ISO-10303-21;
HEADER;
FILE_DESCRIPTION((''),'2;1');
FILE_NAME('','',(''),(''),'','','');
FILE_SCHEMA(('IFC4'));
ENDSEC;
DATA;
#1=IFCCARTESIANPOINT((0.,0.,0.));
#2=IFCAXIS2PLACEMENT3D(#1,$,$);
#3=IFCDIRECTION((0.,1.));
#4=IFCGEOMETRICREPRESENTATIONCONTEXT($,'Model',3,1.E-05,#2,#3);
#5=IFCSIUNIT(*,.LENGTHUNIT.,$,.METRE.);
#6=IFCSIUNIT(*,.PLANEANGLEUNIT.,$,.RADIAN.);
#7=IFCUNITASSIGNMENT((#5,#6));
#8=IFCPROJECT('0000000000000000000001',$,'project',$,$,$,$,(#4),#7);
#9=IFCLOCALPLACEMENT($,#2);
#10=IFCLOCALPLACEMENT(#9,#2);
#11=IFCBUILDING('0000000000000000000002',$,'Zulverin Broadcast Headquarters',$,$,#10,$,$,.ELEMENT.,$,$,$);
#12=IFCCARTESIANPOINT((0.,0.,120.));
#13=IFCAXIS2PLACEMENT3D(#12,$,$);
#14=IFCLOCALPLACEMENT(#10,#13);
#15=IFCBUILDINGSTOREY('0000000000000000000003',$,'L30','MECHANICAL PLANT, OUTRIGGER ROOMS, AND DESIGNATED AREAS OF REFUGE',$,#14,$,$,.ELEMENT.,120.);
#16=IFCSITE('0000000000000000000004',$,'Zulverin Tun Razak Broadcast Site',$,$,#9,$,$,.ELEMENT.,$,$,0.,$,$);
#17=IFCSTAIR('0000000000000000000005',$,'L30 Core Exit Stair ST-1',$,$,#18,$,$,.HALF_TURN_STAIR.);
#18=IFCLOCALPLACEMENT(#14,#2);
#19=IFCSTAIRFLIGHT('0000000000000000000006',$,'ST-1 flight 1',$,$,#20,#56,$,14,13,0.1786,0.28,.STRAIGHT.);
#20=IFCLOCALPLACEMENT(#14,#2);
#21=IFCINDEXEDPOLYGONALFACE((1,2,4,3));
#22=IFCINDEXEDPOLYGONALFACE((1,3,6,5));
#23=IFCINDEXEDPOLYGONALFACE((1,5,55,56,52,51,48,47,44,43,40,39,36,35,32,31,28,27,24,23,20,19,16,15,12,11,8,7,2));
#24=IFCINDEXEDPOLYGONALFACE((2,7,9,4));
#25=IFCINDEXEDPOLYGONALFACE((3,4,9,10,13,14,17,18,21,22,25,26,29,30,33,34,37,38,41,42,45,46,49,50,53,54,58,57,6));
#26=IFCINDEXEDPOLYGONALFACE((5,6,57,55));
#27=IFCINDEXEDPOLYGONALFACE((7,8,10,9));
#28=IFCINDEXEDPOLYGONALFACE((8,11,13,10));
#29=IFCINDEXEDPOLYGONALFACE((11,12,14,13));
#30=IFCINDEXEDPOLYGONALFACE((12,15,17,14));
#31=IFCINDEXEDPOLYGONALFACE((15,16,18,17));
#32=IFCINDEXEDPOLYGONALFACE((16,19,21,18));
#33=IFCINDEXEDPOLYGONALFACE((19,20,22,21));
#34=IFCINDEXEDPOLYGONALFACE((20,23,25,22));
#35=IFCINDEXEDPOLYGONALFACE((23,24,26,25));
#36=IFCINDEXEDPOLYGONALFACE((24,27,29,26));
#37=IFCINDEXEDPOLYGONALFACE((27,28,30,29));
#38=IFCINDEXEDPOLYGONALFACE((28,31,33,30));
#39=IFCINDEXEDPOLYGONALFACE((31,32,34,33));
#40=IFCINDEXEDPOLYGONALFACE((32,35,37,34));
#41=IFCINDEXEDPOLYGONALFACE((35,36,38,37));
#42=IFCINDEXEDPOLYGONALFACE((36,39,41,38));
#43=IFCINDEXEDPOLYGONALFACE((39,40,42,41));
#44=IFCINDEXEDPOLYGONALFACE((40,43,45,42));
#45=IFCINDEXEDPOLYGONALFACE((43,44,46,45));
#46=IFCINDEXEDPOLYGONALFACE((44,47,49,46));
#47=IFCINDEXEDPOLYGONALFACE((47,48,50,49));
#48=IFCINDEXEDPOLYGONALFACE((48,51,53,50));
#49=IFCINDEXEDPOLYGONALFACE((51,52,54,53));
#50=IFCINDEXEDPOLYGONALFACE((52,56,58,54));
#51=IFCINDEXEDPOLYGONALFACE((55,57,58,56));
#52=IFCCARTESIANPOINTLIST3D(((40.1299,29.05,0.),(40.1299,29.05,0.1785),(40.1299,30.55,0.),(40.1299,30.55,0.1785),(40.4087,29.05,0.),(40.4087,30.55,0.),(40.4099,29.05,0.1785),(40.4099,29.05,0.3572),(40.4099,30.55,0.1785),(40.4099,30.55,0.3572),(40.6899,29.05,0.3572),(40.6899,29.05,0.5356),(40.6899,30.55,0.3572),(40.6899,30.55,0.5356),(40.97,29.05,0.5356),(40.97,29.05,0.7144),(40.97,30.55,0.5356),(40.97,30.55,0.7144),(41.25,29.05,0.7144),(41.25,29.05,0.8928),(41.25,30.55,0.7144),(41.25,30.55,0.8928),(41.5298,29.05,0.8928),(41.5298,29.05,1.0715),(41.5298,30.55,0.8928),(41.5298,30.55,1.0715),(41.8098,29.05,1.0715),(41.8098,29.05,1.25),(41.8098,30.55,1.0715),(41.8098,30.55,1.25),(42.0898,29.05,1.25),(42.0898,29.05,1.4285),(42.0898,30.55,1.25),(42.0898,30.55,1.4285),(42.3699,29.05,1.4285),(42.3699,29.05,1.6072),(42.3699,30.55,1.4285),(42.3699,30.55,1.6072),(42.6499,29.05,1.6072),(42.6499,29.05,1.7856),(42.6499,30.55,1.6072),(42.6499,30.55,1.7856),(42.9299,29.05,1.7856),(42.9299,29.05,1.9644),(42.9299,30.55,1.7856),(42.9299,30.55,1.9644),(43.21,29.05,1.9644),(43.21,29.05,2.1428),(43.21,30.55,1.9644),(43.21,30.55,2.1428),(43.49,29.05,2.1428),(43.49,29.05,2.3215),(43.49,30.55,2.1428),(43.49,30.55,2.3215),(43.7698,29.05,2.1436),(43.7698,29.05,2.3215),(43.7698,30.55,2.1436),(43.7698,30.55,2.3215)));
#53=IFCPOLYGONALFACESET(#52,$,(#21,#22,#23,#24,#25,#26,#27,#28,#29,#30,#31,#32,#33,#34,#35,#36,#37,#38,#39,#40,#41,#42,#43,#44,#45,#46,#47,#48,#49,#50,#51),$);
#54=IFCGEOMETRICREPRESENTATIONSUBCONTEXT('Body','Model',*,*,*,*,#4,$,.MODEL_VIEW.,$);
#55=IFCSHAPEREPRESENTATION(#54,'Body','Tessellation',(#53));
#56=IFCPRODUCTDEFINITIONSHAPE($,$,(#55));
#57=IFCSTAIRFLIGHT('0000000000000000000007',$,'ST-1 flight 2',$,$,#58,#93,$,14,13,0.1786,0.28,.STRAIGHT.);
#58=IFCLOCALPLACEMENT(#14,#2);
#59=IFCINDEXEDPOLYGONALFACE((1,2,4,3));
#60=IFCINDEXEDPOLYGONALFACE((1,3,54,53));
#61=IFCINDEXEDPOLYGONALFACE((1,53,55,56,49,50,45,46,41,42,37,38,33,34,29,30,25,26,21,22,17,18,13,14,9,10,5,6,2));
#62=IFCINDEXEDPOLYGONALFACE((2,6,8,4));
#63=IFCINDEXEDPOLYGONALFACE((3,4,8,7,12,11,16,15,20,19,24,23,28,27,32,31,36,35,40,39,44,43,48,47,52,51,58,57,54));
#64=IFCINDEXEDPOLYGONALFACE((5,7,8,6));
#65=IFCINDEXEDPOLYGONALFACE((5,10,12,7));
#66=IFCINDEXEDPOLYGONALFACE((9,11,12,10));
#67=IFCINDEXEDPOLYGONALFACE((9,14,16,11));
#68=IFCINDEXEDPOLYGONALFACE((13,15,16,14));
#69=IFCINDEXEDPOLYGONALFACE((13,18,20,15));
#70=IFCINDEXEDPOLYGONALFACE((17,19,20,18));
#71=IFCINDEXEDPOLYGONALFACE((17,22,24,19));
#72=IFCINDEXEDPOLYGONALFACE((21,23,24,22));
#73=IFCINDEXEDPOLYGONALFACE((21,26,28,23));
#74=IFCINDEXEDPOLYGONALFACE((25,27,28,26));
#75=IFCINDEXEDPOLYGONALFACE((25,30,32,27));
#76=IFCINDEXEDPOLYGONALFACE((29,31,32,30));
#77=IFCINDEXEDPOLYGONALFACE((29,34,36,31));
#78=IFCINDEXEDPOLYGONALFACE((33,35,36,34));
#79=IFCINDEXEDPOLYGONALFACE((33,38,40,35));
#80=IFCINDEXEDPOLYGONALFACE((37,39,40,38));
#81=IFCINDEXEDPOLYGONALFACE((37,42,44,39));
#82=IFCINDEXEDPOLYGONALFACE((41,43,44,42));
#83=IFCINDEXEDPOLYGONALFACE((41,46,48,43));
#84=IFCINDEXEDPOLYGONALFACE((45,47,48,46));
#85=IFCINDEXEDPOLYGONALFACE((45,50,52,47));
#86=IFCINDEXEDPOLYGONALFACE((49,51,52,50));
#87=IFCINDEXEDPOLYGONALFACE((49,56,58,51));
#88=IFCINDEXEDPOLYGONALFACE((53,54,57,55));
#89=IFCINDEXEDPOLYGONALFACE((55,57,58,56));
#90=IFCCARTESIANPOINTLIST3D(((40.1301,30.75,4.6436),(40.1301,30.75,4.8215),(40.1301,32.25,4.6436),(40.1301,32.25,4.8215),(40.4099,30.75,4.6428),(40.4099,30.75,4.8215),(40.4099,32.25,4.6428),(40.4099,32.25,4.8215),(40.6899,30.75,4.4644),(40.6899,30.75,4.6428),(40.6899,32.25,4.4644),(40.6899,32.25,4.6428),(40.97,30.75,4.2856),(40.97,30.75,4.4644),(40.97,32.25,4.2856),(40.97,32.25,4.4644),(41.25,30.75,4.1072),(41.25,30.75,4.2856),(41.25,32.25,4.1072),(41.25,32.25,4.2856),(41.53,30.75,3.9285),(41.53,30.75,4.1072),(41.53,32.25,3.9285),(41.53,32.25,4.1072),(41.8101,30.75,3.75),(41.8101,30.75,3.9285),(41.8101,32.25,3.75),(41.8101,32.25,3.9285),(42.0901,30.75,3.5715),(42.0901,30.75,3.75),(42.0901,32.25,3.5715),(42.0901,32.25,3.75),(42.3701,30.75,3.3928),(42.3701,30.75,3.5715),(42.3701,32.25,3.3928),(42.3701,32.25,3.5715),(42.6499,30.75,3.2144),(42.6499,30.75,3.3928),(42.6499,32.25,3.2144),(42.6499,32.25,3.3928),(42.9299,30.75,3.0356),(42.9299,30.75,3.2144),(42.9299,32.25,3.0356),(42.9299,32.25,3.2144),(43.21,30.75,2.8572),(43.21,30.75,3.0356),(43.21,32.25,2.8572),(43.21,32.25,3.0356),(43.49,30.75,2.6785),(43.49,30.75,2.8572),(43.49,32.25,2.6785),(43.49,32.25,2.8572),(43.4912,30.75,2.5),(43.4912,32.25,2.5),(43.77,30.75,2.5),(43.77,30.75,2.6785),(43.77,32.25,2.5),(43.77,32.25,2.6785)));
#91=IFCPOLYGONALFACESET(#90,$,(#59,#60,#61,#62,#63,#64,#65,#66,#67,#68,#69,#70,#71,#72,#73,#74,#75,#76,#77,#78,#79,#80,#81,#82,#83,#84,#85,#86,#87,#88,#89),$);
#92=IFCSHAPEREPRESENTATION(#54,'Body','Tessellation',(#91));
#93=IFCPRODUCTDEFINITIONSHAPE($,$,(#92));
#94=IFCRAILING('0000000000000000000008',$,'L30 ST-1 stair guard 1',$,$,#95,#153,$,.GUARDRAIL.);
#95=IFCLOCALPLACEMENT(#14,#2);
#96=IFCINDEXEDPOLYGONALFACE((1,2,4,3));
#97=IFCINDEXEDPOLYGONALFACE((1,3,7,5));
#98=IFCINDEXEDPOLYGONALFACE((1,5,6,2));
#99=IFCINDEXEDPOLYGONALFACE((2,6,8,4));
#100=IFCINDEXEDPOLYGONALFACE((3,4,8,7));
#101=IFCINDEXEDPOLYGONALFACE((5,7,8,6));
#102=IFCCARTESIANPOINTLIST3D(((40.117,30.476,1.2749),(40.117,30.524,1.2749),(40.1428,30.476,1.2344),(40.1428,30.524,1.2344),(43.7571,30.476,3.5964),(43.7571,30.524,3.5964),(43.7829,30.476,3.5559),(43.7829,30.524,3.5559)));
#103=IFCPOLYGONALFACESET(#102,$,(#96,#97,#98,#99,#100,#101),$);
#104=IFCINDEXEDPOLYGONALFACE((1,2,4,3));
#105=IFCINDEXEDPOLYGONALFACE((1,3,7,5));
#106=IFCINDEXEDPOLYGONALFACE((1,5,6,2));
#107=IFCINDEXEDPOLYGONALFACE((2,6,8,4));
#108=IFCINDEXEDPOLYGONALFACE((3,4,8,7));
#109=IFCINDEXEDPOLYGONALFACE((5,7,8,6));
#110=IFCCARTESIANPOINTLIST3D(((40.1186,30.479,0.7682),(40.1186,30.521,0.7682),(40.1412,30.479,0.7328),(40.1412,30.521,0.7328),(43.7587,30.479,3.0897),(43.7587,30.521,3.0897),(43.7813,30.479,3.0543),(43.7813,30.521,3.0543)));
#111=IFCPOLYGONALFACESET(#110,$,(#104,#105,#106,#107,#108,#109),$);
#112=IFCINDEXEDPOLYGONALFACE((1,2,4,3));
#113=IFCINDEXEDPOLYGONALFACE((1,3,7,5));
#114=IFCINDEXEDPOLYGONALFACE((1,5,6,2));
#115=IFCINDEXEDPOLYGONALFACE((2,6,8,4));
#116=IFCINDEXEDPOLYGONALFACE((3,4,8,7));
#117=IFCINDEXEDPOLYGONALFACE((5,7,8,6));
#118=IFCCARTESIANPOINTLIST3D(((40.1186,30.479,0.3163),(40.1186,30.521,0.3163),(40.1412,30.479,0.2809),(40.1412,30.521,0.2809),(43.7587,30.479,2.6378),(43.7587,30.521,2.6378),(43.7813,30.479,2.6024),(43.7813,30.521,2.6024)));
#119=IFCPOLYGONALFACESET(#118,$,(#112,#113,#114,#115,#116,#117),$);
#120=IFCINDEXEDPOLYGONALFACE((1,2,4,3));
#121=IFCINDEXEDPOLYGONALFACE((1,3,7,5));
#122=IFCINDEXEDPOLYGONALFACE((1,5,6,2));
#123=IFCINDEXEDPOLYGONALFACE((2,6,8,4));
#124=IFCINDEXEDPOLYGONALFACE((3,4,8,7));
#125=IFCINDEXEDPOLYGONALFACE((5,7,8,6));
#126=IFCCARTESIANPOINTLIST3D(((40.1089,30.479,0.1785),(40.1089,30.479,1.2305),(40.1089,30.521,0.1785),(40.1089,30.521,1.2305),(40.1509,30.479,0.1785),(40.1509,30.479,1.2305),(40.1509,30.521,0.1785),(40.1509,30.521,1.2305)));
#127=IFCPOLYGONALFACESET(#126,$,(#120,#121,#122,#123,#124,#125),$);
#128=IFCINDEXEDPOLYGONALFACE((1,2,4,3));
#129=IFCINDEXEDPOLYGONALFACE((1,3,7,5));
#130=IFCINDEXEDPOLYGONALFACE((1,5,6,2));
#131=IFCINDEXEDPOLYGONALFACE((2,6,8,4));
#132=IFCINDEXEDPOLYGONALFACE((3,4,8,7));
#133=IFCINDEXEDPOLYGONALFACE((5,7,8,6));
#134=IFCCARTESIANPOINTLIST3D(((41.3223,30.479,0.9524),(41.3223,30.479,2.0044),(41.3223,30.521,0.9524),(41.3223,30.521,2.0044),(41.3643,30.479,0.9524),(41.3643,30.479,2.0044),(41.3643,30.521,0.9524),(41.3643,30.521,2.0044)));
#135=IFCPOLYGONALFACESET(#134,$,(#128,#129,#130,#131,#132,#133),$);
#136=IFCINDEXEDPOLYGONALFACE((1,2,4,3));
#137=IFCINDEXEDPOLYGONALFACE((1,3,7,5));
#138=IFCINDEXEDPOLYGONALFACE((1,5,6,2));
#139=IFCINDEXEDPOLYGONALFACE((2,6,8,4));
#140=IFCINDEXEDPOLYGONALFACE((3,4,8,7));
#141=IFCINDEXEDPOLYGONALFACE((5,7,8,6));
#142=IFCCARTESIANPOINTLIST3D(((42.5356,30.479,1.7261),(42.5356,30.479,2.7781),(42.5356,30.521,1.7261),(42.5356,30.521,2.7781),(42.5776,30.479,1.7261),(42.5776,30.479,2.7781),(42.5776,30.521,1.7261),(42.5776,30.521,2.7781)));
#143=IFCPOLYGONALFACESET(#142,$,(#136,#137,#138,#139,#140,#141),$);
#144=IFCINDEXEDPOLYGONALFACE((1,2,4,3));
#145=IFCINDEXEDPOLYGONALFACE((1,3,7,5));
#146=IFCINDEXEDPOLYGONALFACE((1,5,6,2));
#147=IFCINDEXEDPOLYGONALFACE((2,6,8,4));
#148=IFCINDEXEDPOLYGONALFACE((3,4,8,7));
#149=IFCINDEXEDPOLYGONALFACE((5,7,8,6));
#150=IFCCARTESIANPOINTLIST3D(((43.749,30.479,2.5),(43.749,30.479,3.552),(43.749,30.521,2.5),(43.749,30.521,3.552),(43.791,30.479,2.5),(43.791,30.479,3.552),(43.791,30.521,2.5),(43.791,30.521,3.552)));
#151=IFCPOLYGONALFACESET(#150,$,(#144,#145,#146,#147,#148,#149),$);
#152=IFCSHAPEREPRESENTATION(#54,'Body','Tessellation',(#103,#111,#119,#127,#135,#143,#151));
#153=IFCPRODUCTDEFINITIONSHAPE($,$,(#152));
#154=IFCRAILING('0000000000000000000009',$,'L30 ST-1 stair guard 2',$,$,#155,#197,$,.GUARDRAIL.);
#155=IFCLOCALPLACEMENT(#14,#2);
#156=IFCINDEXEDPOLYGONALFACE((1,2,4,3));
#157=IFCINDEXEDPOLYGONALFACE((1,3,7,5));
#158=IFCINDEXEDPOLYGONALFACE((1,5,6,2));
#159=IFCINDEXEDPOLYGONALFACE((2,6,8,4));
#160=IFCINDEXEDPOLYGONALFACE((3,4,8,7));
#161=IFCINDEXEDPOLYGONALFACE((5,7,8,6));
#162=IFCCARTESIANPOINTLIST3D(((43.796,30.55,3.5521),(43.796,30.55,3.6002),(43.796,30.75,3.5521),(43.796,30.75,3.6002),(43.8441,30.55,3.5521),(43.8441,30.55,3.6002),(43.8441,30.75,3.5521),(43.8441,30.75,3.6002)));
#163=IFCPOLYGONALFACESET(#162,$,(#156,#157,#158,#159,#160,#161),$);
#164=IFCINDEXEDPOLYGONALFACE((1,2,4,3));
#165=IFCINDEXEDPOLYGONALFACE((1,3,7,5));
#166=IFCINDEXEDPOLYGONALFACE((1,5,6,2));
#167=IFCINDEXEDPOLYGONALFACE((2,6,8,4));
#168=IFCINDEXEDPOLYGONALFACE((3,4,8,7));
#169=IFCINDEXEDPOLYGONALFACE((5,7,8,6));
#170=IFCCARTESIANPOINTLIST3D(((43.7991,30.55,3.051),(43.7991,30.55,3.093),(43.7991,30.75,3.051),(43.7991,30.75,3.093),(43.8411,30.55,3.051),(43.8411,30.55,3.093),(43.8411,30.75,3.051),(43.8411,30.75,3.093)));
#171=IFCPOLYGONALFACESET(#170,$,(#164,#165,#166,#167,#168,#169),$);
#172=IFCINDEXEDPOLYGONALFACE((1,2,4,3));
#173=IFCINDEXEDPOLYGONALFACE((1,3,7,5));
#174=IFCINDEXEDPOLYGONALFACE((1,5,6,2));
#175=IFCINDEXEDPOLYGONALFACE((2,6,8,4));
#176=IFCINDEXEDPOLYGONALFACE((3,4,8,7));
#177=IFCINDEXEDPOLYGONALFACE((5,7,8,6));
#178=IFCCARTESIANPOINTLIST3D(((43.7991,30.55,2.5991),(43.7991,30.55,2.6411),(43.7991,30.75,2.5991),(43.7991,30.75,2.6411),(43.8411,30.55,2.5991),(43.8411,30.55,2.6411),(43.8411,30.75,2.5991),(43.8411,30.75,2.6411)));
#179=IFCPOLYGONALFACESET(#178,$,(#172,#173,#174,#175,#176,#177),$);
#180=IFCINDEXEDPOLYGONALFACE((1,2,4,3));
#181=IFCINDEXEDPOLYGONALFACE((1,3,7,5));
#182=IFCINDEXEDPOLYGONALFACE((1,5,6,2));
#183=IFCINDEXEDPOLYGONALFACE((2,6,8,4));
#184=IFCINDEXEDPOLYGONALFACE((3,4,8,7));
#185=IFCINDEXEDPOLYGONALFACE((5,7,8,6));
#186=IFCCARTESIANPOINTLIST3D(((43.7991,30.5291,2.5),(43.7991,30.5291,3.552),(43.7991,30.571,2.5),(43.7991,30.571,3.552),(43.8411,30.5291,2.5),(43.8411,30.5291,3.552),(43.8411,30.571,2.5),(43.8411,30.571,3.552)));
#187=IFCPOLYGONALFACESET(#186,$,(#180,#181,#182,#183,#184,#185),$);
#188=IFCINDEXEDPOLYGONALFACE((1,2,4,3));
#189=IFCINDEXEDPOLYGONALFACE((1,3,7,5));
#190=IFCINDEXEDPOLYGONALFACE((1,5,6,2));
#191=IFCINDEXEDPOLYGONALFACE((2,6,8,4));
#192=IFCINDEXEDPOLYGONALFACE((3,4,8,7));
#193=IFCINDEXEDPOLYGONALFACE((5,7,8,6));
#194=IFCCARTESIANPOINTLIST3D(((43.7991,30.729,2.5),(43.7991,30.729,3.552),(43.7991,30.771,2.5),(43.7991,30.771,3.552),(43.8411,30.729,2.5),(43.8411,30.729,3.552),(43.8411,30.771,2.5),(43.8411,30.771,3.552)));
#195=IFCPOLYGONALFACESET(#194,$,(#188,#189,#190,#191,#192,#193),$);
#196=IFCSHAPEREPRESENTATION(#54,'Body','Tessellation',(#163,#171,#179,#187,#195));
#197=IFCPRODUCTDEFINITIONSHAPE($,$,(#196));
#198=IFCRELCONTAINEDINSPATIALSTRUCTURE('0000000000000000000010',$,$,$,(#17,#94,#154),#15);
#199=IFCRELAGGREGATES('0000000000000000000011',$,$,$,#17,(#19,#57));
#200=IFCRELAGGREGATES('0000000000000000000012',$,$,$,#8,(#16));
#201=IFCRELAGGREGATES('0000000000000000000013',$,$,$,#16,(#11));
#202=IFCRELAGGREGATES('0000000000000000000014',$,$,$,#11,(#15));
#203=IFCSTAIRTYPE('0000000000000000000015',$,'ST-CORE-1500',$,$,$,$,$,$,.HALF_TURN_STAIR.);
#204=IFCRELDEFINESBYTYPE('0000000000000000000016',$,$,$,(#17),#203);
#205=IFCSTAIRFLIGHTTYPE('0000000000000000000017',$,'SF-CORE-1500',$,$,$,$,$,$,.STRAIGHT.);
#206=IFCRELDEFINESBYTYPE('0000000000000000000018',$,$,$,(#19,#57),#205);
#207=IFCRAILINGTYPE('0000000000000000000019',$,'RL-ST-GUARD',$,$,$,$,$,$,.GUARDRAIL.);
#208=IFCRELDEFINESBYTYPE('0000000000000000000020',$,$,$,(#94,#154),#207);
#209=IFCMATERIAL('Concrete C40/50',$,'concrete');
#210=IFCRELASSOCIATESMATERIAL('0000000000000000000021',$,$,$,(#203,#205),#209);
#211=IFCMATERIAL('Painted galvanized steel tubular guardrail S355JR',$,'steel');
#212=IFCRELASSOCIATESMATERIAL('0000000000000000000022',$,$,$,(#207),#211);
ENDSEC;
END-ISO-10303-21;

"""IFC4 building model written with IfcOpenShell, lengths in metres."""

from ifc_helpers import new_model, si_unit, direction, frame, origin, origin_2d, place, context, subcontext, project, spatial, polyline, rectangle, outline, extrude, material, type_object, element, aggregate, save


model = new_model("IFC4")

# Units and contexts
model_context = context("Model", 3, precision=1e-05, world=origin(), true_north=direction((0.0, 1.0)))
body_context = subcontext(model_context, "Body", "Model", "MODEL_VIEW")
ifc_project = project(units=[si_unit("LENGTHUNIT", "METRE"), si_unit("PLANEANGLEUNIT", "RADIAN")], contexts=[model_context])

# Site, building, storey
site_placement = place(None, origin())
site = spatial("IfcSite", under=ifc_project, at=site_placement, Name="Zulverin Tun Razak Broadcast Site", CompositionType="ELEMENT", RefElevation=0.0)
building_placement = place(site_placement, origin())
building = spatial("IfcBuilding", under=site, at=building_placement, Name="Zulverin Broadcast Headquarters", CompositionType="ELEMENT")
storey_placement = place(building_placement, frame((0.0, 0.0, 120.0)))
storey = spatial("IfcBuildingStorey", under=building, at=storey_placement, Name="L30", Description="MECHANICAL PLANT, OUTRIGGER ROOMS, AND DESIGNATED AREAS OF REFUGE", CompositionType="ELEMENT", Elevation=120.0)

# Stair, stair flights
ifc_material_1 = material(Name="Concrete C40/50", Category="concrete")
stair_type = type_object("IfcStairType", Name="ST-CORE-1500", PredefinedType="HALF_TURN_STAIR", material=ifc_material_1)
stair_placement = place(storey_placement, origin())
stair = element("IfcStair", 1, at=stair_placement, inside=storey, type_object=stair_type, Name="L30 Core Exit Stair ST-1", PredefinedType="HALF_TURN_STAIR")
stair_flight_type = type_object("IfcStairFlightType", Name="SF-CORE-1500", PredefinedType="STRAIGHT", material=ifc_material_1)
stair_flight_1_placement = place(storey_placement, frame((40.1299, 29.8, 0.0), z_axis=(0.0, 0.0, 1.0), x_axis=(1.0, 0.0, 0.0)))
stair_flight_1 = element("IfcStairFlight", 2, at=stair_flight_1_placement, type_object=stair_flight_type, Name="ST-1 flight 1", NumberOfRisers=14, NumberOfTreads=13, PredefinedType="STRAIGHT", RiserHeight=0.1786, TreadLength=0.28, context=body_context, shape_type="SweptSolid", body=[
    extrude(outline(polyline([(0.0, 0.0), (0.0, 0.1785), (0.28, 0.1785), (0.28, 0.3572), (0.5601, 0.3572), (0.5601, 0.5356), (0.8401, 0.5356), (0.8401, 0.7144), (1.1201, 0.7144), (1.1201, 0.8928), (1.3999, 0.8928), (1.3999, 1.0715), (1.6799, 1.0715), (1.6799, 1.25), (1.96, 1.25), (1.96, 1.4285), (2.24, 1.4285), (2.24, 1.6072), (2.52, 1.6072), (2.52, 1.7856), (2.8, 1.7856), (2.8, 1.9644), (3.0801, 1.9644), (3.0801, 2.1428), (3.3601, 2.1428), (3.3601, 2.3215), (3.6399, 2.3215), (3.6399, 2.5), (3.6399, 2.1436), (0.2788, 0.0), (0.0, 0.0)])), frame((0.0, 0.75, 0.0), z_axis=(0.0, -1.0, 0.0), x_axis=(1.0, 0.0, 0.0)), (0.0, 0.0, 1.0), 1.5),
])
stair_flight_2_placement = place(storey_placement, frame((43.77, 31.5, 2.5), z_axis=(0.0, 0.0, 1.0), x_axis=(-1.0, 0.0, 0.0)))
stair_flight_2 = element("IfcStairFlight", 3, at=stair_flight_2_placement, type_object=stair_flight_type, Name="ST-1 flight 2", NumberOfRisers=14, NumberOfTreads=13, PredefinedType="STRAIGHT", RiserHeight=0.1786, TreadLength=0.28, context=body_context, shape_type="SweptSolid", body=[
    extrude(outline(polyline([(0.0, 0.0), (0.0, 0.1785), (0.28, 0.1785), (0.28, 0.3572), (0.5601, 0.3572), (0.5601, 0.5356), (0.8401, 0.5356), (0.8401, 0.7144), (1.1201, 0.7144), (1.1201, 0.8928), (1.3999, 0.8928), (1.3999, 1.0715), (1.6799, 1.0715), (1.6799, 1.25), (1.96, 1.25), (1.96, 1.4285), (2.24, 1.4285), (2.24, 1.6072), (2.52, 1.6072), (2.52, 1.7856), (2.8, 1.7856), (2.8, 1.9644), (3.0801, 1.9644), (3.0801, 2.1428), (3.3601, 2.1428), (3.3601, 2.3215), (3.6399, 2.3215), (3.6399, 2.5), (3.6399, 2.1436), (0.2788, 0.0), (0.0, 0.0)])), frame((0.0, 0.75, 0.0), z_axis=(0.0, -1.0, 0.0), x_axis=(1.0, 0.0, 0.0)), (0.0, 0.0, 1.0), 1.5),
])
aggregate(stair, [stair_flight_1, stair_flight_2])

# Railings
ifc_material_2 = material(Name="Painted galvanized steel tubular guardrail S355JR", Category="steel")
railing_type_1 = type_object("IfcRailingType", Name="RL-ST-GUARD", PredefinedType="GUARDRAIL", material=ifc_material_2)
railing_1_placement = place(storey_placement, frame((40.1299, 30.5, 0.1785)))
element("IfcRailing", 4, at=railing_1_placement, inside=storey, type_object=railing_type_1, Name="L30 ST-1 stair guard 1", PredefinedType="GUARDRAIL", context=body_context, shape_type="SweptSolid", body=[
    extrude(rectangle(XDim=0.0481, YDim=0.0481, at=origin_2d()), frame((0.0, 0.0, 1.0762), z_axis=(0.843128, 0.0, 0.537713), x_axis=(0.0, 1.0, 0.0)), (0.0, 0.0, 1.0), 4.3174),
    extrude(rectangle(XDim=0.042, YDim=0.042, at=origin_2d()), frame((0.0, 0.0, 0.572), z_axis=(0.843128, 0.0, 0.537713), x_axis=(0.0, 1.0, 0.0)), (0.0, 0.0, 1.0), 4.3174),
    extrude(rectangle(XDim=0.042, YDim=0.042, at=origin_2d()), frame((0.0, 0.0, 0.1201), z_axis=(0.843128, 0.0, 0.537713), x_axis=(0.0, 1.0, 0.0)), (0.0, 0.0, 1.0), 4.3174),
    extrude(rectangle(XDim=0.042, YDim=0.042, at=origin_2d()), origin(), (0.0, 0.0, 1.0), 1.052),
    extrude(rectangle(XDim=0.042, YDim=0.042, at=origin_2d()), frame((1.2134, 0.0, 0.7739)), (0.0, 0.0, 1.0), 1.052),
    extrude(rectangle(XDim=0.042, YDim=0.042, at=origin_2d()), frame((2.4268, 0.0, 1.5476)), (0.0, 0.0, 1.0), 1.052),
    extrude(rectangle(XDim=0.042, YDim=0.042, at=origin_2d()), frame((3.6401, 0.0, 2.3215)), (0.0, 0.0, 1.0), 1.052),
])
railing_2_placement = place(storey_placement, frame((43.8201, 30.55, 2.5)))
element("IfcRailing", 5, at=railing_2_placement, inside=storey, type_object=railing_type_1, Name="L30 ST-1 stair guard 2", PredefinedType="GUARDRAIL", context=body_context, shape_type="SweptSolid", body=[
    extrude(rectangle(XDim=0.0481, YDim=0.0481, at=origin_2d()), frame((0.0, 0.0, 1.0762), z_axis=(0.0, 1.0, 0.0), x_axis=(-1.0, 0.0, 0.0)), (0.0, 0.0, 1.0), 0.2),
    extrude(rectangle(XDim=0.042, YDim=0.042, at=origin_2d()), frame((0.0, 0.0, 0.572), z_axis=(0.0, 1.0, 0.0), x_axis=(-1.0, 0.0, 0.0)), (0.0, 0.0, 1.0), 0.2),
    extrude(rectangle(XDim=0.042, YDim=0.042, at=origin_2d()), frame((0.0, 0.0, 0.1201), z_axis=(0.0, 1.0, 0.0), x_axis=(-1.0, 0.0, 0.0)), (0.0, 0.0, 1.0), 0.2),
    extrude(rectangle(XDim=0.042, YDim=0.042, at=origin_2d()), origin(), (0.0, 0.0, 1.0), 1.052),
    extrude(rectangle(XDim=0.042, YDim=0.042, at=origin_2d()), frame((0.0, 0.2, 0.0)), (0.0, 0.0, 1.0), 1.052),
])

save(model, "model.ifc")
